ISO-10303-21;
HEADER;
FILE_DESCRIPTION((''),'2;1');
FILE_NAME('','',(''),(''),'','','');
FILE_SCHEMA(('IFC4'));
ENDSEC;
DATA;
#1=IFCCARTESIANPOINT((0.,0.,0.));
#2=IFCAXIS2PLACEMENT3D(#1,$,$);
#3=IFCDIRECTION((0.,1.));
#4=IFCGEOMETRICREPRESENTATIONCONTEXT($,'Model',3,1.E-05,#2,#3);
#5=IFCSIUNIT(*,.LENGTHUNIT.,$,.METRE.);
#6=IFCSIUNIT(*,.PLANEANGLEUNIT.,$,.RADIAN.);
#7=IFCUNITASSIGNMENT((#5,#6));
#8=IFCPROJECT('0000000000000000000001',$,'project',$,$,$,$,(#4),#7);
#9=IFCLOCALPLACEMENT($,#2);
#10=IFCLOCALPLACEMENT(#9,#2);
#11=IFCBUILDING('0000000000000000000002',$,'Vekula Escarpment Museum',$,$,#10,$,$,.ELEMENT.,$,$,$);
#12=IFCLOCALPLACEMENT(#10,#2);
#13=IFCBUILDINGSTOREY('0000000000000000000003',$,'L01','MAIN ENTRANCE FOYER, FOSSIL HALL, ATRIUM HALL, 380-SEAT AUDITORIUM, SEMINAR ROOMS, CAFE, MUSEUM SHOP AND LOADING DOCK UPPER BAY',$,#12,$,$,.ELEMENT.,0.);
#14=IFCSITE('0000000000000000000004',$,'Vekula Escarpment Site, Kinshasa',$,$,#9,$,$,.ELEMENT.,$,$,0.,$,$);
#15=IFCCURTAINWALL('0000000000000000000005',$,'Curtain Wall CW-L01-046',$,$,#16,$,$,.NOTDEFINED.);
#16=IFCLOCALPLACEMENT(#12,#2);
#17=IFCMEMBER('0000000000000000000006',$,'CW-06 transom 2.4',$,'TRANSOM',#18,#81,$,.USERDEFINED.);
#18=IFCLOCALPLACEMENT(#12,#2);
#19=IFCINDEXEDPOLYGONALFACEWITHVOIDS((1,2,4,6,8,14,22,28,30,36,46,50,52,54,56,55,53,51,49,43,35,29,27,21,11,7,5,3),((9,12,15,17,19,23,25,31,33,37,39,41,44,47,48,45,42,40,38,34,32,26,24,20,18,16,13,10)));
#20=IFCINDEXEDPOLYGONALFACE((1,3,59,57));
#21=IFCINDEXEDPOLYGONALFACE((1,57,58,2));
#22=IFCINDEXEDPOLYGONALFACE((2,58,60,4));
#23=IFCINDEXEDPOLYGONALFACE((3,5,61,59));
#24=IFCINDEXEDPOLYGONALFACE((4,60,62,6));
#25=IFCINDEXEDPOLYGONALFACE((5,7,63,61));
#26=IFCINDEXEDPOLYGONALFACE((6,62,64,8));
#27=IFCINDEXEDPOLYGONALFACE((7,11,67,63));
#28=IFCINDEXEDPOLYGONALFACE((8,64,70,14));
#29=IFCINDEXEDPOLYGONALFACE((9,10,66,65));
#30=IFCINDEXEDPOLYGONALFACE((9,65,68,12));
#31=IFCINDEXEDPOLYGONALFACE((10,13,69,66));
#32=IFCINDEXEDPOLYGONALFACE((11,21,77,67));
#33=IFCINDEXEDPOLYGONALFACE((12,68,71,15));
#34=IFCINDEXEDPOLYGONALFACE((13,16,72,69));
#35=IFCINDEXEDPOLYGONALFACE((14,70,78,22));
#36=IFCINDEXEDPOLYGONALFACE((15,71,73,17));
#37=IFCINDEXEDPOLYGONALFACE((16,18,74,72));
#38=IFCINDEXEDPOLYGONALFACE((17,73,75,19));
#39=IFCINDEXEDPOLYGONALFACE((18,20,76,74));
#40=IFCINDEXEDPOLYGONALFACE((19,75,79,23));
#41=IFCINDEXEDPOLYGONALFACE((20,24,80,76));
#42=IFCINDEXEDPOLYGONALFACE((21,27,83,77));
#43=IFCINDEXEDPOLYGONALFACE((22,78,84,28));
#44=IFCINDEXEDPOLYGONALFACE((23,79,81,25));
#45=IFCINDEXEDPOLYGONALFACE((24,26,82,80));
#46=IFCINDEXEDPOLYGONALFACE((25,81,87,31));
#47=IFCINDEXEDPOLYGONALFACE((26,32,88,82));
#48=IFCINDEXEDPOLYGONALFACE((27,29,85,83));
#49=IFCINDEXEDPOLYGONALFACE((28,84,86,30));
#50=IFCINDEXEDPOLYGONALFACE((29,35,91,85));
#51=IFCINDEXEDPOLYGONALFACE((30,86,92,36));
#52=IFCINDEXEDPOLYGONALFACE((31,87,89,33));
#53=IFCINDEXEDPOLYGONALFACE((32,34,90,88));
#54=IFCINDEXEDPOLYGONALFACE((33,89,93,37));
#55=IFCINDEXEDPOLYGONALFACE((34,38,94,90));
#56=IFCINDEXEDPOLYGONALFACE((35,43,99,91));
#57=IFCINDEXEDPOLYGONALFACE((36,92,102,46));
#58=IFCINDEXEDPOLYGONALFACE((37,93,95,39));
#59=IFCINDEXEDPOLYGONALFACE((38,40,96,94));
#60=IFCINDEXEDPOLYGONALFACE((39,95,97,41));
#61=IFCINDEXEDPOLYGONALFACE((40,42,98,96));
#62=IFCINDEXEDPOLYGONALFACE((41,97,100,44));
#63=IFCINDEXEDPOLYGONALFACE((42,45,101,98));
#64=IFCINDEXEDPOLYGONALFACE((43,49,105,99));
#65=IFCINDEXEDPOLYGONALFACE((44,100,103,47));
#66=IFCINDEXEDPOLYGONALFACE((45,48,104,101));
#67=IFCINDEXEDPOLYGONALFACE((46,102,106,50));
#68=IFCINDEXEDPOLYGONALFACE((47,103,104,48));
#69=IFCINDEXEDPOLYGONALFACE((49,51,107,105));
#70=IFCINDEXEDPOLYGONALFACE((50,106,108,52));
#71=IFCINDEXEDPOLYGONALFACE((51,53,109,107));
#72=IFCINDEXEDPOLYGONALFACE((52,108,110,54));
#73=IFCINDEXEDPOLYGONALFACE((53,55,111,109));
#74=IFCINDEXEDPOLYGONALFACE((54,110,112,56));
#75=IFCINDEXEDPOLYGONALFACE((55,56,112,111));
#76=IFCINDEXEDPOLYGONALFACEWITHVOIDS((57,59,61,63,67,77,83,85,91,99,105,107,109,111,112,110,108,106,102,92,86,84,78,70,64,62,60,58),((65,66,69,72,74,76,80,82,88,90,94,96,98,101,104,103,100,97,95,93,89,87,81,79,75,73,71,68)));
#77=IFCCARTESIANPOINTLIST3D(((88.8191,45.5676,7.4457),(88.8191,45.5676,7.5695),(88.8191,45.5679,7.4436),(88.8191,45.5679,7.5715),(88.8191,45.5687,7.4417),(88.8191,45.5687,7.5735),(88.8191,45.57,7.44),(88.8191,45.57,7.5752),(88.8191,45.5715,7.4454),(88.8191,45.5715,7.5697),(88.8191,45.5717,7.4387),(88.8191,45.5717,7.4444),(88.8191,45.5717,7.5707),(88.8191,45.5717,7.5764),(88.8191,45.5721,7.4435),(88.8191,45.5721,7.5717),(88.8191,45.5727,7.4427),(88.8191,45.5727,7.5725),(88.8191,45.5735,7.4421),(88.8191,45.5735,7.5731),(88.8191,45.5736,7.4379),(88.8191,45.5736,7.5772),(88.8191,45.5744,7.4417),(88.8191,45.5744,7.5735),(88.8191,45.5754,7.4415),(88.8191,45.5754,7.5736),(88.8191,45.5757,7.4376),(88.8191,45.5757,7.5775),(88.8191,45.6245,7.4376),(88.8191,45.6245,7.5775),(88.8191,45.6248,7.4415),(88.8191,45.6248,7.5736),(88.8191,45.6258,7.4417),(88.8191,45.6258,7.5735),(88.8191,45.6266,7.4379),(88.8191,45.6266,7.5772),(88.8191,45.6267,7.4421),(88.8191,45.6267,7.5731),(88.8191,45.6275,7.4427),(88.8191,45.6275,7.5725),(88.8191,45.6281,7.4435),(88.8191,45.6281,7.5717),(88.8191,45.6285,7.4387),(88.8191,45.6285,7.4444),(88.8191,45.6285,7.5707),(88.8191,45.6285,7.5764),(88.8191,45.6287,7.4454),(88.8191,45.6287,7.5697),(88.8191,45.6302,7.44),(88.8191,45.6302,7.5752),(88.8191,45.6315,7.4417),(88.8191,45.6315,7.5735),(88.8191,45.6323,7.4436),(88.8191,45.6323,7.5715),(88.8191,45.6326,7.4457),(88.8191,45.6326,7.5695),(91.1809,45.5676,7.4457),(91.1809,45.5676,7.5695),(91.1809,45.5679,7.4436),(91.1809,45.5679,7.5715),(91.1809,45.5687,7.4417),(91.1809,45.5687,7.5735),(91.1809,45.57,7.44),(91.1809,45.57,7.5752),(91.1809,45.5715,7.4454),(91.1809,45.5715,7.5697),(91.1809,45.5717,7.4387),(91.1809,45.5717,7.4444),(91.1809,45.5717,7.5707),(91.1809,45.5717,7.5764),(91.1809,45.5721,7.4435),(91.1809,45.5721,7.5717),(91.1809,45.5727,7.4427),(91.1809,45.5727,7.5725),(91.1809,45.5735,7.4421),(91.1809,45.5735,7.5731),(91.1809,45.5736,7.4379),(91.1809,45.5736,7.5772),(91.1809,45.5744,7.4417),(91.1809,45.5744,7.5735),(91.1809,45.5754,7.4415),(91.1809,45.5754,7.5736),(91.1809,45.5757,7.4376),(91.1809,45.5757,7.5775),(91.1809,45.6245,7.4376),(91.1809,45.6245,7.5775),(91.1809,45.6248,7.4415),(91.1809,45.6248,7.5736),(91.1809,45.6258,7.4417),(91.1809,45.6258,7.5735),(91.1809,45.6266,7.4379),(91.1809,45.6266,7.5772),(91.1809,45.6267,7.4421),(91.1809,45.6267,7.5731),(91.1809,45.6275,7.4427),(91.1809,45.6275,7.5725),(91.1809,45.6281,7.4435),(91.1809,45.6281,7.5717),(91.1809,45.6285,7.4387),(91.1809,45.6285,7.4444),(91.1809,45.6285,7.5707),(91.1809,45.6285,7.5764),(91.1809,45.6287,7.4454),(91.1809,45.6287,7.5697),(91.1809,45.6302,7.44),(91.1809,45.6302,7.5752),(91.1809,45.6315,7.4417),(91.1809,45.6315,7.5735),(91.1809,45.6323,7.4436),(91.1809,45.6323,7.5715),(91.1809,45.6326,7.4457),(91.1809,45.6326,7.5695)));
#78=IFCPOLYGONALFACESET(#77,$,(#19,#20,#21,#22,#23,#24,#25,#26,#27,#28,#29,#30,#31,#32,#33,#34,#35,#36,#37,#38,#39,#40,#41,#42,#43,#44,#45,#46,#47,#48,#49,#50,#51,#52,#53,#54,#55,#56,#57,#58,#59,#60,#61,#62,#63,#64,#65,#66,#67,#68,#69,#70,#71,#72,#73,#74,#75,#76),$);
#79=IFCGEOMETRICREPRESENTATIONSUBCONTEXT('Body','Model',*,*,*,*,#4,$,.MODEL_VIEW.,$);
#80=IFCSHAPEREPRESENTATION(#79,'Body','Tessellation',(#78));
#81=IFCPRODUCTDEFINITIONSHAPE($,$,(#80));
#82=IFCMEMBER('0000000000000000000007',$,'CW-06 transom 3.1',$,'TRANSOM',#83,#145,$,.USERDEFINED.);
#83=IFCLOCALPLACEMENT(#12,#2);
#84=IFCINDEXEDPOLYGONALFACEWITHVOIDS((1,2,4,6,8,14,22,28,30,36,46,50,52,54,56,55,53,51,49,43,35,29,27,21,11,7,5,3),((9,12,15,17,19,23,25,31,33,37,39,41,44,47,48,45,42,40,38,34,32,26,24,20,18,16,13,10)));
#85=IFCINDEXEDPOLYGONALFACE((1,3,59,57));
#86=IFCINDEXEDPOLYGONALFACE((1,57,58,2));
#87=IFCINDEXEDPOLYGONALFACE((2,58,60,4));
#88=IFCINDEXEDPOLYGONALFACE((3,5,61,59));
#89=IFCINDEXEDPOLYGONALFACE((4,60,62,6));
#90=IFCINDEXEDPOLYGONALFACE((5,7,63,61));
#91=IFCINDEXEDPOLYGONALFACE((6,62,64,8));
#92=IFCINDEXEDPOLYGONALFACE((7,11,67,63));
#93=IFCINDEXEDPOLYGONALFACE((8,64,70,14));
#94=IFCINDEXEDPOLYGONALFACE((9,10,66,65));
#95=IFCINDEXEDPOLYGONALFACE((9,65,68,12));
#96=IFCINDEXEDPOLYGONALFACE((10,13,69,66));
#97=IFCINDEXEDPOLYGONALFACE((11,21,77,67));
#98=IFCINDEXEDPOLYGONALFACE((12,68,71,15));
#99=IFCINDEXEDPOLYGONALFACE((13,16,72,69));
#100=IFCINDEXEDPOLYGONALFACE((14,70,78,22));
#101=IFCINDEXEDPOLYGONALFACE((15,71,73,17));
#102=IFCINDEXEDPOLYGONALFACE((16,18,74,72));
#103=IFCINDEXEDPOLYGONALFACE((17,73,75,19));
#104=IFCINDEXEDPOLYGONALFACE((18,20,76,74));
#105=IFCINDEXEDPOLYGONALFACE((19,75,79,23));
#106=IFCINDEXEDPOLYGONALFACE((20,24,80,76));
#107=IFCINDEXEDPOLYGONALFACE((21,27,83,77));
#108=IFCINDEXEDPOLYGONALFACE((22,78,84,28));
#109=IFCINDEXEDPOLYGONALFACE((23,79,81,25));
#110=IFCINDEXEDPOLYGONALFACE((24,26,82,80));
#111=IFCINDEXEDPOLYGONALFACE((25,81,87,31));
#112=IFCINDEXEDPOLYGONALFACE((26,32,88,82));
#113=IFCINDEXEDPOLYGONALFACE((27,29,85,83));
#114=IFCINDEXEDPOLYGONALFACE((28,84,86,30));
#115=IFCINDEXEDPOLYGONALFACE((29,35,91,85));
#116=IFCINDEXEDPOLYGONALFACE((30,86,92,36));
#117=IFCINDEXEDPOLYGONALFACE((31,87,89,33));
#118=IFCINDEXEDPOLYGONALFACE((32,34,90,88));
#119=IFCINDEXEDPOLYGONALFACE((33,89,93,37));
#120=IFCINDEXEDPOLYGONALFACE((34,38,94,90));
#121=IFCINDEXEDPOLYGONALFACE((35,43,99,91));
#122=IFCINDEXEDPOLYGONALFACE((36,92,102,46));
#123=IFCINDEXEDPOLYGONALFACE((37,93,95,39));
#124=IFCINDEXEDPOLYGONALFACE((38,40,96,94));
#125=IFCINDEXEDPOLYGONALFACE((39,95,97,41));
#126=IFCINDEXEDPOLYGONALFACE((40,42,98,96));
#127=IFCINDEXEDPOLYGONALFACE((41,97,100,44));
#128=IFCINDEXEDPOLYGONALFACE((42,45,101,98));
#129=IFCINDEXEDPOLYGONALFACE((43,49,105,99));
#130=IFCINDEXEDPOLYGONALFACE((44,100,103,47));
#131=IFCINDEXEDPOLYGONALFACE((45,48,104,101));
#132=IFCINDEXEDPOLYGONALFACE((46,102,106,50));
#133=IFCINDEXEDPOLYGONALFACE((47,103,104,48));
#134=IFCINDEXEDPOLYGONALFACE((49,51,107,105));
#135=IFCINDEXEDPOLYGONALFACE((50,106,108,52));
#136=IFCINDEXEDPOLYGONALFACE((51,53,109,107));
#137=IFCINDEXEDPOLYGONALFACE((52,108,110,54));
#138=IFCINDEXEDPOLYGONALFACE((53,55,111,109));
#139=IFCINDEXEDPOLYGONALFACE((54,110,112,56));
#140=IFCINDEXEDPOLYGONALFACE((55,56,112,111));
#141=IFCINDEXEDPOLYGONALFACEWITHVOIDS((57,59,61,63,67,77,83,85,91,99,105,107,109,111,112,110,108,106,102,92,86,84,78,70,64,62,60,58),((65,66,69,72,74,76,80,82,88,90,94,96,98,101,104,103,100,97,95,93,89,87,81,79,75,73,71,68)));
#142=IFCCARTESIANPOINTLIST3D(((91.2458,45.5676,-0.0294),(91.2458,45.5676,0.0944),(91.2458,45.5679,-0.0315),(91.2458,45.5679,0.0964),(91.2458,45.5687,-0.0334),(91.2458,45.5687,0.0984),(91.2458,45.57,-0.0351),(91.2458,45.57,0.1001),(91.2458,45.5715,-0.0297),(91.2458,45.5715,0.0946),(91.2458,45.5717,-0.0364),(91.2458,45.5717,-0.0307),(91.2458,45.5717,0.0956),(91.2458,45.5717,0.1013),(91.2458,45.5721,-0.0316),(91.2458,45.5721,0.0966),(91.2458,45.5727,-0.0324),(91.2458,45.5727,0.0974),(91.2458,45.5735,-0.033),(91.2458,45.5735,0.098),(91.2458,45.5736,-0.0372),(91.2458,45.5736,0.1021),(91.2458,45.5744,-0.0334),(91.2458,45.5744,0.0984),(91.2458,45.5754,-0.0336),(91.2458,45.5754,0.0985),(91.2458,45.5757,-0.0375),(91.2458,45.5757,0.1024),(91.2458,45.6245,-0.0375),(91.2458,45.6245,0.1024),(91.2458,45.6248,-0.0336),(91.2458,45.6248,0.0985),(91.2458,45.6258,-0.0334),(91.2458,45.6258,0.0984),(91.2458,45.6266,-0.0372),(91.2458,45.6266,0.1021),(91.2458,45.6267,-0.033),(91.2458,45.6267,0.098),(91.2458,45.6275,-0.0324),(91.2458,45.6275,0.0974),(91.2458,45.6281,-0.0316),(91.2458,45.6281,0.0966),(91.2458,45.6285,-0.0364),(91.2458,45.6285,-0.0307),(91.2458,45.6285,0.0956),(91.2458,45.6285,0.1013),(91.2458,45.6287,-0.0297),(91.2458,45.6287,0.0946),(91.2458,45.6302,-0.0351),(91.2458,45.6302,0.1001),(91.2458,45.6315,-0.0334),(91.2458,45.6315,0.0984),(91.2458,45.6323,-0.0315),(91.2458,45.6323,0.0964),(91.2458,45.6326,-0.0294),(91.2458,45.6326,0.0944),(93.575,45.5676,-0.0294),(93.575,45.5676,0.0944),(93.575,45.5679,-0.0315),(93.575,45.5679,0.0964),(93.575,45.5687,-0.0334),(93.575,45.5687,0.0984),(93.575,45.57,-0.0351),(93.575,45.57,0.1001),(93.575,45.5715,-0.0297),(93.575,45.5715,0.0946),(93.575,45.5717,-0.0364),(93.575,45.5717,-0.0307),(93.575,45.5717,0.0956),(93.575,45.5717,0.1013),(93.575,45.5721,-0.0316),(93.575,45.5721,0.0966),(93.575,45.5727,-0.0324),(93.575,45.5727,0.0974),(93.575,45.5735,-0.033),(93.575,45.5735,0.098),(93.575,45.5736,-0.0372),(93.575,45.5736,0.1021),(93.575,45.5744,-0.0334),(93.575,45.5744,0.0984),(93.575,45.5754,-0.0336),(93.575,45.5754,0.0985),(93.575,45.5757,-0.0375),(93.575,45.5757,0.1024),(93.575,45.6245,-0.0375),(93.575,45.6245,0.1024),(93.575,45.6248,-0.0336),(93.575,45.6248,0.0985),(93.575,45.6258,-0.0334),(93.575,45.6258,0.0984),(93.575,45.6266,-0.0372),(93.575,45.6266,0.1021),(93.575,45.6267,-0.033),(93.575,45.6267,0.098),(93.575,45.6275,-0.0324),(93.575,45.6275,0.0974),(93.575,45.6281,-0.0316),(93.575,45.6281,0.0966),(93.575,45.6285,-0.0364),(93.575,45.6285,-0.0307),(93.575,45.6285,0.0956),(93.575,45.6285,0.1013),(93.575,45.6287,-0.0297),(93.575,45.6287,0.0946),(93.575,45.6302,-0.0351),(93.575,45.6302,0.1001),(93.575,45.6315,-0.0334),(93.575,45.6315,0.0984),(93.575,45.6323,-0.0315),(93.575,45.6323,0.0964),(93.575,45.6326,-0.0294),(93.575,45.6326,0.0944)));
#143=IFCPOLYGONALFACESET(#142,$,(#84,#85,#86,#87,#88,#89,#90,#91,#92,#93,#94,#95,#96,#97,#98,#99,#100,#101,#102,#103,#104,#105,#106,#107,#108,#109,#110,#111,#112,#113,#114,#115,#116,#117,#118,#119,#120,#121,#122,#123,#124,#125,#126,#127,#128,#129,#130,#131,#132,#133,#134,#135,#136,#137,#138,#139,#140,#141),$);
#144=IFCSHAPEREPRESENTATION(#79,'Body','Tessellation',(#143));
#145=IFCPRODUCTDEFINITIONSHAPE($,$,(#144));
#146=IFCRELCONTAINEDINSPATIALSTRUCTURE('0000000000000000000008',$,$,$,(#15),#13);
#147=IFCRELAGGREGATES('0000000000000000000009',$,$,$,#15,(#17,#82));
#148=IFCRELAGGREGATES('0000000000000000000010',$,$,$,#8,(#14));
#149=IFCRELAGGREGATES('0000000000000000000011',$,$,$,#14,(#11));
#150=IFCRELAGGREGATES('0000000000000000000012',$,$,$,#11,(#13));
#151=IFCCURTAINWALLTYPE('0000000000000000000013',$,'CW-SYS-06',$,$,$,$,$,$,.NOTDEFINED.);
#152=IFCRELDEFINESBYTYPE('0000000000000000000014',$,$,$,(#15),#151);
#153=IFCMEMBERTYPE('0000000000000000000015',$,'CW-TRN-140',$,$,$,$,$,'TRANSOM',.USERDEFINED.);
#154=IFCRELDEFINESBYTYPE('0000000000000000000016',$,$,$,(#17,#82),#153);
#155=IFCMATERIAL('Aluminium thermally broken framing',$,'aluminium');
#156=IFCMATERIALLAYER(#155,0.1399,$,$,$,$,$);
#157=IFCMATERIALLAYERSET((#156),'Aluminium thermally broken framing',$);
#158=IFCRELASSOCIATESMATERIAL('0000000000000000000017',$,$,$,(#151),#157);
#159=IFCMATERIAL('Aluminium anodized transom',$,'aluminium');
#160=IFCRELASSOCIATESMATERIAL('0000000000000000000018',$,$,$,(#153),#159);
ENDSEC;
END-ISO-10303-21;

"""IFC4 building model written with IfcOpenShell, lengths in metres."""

from ifc_helpers import new_model, si_unit, direction, frame, origin, origin_2d, place, context, subcontext, project, spatial, hollow_rectangle, extrude, material, layer, layer_set, material_profile, profile_set, type_object, element, aggregate, save


model = new_model("IFC4")

# Units and contexts
model_context = context("Model", 3, precision=1e-05, world=origin(), true_north=direction((0.0, 1.0)))
body_context = subcontext(model_context, "Body", "Model", "MODEL_VIEW")
ifc_project = project(units=[si_unit("LENGTHUNIT", "METRE"), si_unit("PLANEANGLEUNIT", "RADIAN")], contexts=[model_context])

# Site, building, storey
site_placement = place(None, origin())
site = spatial("IfcSite", under=ifc_project, at=site_placement, Name="Vekula Escarpment Site, Kinshasa", CompositionType="ELEMENT", RefElevation=0.0)
building_placement = place(site_placement, origin())
building = spatial("IfcBuilding", under=site, at=building_placement, Name="Vekula Escarpment Museum", CompositionType="ELEMENT")
storey_placement = place(building_placement, origin())
storey = spatial("IfcBuildingStorey", under=building, at=storey_placement, Name="L01", Description="MAIN ENTRANCE FOYER, FOSSIL HALL, ATRIUM HALL, 380-SEAT AUDITORIUM, SEMINAR ROOMS, CAFE, MUSEUM SHOP AND LOADING DOCK UPPER BAY", CompositionType="ELEMENT", Elevation=0.0)

# Curtain wall, members
ifc_material_1 = material(Name="Aluminium thermally broken framing", Category="aluminium")
ifc_layer_1 = layer(ifc_material_1, 0.1399)
ifc_layer_set_1 = layer_set([ifc_layer_1], Name="Aluminium thermally broken framing")
curtain_wall_type = type_object("IfcCurtainWallType", Name="CW-SYS-06", PredefinedType="NOTDEFINED", material=ifc_layer_set_1)
curtain_wall_placement = place(storey_placement, origin())
curtain_wall = element("IfcCurtainWall", 1, at=curtain_wall_placement, inside=storey, type_object=curtain_wall_type, Name="Curtain Wall CW-L01-046", PredefinedType="NOTDEFINED")
ifc_material_2 = material(Name="Aluminium anodized transom", Category="aluminium")
ifc_material_profile_1 = material_profile(ifc_material_2, hollow_rectangle(XDim=0.0649, YDim=0.1399, WallThickness=0.0039, InnerFilletRadius=0.0039, OuterFilletRadius=0.0081, at=origin_2d()), Name="ALU 140x65x4")
ifc_profile_set_1 = profile_set([ifc_material_profile_1], Name="Aluminium anodized transom")
member_type_1 = type_object("IfcMemberType", Name="CW-TRN-140", ElementType="TRANSOM", PredefinedType="USERDEFINED", material=ifc_profile_set_1)
member_1_placement = place(storey_placement, frame((88.8191, 45.6001, 7.5076), z_axis=(1.0, 0.0, 0.0), x_axis=(0.0, 1.0, 0.0)))
member_1 = element("IfcMember", 2, at=member_1_placement, type_object=member_type_1, Name="CW-06 transom 2.4", ObjectType="TRANSOM", PredefinedType="USERDEFINED", context=body_context, shape_type="SweptSolid", body=[
    extrude(hollow_rectangle(XDim=0.0649, YDim=0.1399, WallThickness=0.0039, InnerFilletRadius=0.0039, OuterFilletRadius=0.0081, at=origin_2d()), origin(), (0.0, 0.0, 1.0), 2.3618),
])
member_2_placement = place(storey_placement, frame((91.2458, 45.6001, 0.0325), z_axis=(1.0, 0.0, 0.0), x_axis=(0.0, 1.0, 0.0)))
member_2 = element("IfcMember", 3, at=member_2_placement, type_object=member_type_1, Name="CW-06 transom 3.1", ObjectType="TRANSOM", PredefinedType="USERDEFINED", context=body_context, shape_type="SweptSolid", body=[
    extrude(hollow_rectangle(XDim=0.0649, YDim=0.1399, WallThickness=0.0039, InnerFilletRadius=0.0039, OuterFilletRadius=0.0081, at=origin_2d()), origin(), (0.0, 0.0, 1.0), 2.3291),
])
aggregate(curtain_wall, [member_1, member_2])

save(model, "model.ifc")
